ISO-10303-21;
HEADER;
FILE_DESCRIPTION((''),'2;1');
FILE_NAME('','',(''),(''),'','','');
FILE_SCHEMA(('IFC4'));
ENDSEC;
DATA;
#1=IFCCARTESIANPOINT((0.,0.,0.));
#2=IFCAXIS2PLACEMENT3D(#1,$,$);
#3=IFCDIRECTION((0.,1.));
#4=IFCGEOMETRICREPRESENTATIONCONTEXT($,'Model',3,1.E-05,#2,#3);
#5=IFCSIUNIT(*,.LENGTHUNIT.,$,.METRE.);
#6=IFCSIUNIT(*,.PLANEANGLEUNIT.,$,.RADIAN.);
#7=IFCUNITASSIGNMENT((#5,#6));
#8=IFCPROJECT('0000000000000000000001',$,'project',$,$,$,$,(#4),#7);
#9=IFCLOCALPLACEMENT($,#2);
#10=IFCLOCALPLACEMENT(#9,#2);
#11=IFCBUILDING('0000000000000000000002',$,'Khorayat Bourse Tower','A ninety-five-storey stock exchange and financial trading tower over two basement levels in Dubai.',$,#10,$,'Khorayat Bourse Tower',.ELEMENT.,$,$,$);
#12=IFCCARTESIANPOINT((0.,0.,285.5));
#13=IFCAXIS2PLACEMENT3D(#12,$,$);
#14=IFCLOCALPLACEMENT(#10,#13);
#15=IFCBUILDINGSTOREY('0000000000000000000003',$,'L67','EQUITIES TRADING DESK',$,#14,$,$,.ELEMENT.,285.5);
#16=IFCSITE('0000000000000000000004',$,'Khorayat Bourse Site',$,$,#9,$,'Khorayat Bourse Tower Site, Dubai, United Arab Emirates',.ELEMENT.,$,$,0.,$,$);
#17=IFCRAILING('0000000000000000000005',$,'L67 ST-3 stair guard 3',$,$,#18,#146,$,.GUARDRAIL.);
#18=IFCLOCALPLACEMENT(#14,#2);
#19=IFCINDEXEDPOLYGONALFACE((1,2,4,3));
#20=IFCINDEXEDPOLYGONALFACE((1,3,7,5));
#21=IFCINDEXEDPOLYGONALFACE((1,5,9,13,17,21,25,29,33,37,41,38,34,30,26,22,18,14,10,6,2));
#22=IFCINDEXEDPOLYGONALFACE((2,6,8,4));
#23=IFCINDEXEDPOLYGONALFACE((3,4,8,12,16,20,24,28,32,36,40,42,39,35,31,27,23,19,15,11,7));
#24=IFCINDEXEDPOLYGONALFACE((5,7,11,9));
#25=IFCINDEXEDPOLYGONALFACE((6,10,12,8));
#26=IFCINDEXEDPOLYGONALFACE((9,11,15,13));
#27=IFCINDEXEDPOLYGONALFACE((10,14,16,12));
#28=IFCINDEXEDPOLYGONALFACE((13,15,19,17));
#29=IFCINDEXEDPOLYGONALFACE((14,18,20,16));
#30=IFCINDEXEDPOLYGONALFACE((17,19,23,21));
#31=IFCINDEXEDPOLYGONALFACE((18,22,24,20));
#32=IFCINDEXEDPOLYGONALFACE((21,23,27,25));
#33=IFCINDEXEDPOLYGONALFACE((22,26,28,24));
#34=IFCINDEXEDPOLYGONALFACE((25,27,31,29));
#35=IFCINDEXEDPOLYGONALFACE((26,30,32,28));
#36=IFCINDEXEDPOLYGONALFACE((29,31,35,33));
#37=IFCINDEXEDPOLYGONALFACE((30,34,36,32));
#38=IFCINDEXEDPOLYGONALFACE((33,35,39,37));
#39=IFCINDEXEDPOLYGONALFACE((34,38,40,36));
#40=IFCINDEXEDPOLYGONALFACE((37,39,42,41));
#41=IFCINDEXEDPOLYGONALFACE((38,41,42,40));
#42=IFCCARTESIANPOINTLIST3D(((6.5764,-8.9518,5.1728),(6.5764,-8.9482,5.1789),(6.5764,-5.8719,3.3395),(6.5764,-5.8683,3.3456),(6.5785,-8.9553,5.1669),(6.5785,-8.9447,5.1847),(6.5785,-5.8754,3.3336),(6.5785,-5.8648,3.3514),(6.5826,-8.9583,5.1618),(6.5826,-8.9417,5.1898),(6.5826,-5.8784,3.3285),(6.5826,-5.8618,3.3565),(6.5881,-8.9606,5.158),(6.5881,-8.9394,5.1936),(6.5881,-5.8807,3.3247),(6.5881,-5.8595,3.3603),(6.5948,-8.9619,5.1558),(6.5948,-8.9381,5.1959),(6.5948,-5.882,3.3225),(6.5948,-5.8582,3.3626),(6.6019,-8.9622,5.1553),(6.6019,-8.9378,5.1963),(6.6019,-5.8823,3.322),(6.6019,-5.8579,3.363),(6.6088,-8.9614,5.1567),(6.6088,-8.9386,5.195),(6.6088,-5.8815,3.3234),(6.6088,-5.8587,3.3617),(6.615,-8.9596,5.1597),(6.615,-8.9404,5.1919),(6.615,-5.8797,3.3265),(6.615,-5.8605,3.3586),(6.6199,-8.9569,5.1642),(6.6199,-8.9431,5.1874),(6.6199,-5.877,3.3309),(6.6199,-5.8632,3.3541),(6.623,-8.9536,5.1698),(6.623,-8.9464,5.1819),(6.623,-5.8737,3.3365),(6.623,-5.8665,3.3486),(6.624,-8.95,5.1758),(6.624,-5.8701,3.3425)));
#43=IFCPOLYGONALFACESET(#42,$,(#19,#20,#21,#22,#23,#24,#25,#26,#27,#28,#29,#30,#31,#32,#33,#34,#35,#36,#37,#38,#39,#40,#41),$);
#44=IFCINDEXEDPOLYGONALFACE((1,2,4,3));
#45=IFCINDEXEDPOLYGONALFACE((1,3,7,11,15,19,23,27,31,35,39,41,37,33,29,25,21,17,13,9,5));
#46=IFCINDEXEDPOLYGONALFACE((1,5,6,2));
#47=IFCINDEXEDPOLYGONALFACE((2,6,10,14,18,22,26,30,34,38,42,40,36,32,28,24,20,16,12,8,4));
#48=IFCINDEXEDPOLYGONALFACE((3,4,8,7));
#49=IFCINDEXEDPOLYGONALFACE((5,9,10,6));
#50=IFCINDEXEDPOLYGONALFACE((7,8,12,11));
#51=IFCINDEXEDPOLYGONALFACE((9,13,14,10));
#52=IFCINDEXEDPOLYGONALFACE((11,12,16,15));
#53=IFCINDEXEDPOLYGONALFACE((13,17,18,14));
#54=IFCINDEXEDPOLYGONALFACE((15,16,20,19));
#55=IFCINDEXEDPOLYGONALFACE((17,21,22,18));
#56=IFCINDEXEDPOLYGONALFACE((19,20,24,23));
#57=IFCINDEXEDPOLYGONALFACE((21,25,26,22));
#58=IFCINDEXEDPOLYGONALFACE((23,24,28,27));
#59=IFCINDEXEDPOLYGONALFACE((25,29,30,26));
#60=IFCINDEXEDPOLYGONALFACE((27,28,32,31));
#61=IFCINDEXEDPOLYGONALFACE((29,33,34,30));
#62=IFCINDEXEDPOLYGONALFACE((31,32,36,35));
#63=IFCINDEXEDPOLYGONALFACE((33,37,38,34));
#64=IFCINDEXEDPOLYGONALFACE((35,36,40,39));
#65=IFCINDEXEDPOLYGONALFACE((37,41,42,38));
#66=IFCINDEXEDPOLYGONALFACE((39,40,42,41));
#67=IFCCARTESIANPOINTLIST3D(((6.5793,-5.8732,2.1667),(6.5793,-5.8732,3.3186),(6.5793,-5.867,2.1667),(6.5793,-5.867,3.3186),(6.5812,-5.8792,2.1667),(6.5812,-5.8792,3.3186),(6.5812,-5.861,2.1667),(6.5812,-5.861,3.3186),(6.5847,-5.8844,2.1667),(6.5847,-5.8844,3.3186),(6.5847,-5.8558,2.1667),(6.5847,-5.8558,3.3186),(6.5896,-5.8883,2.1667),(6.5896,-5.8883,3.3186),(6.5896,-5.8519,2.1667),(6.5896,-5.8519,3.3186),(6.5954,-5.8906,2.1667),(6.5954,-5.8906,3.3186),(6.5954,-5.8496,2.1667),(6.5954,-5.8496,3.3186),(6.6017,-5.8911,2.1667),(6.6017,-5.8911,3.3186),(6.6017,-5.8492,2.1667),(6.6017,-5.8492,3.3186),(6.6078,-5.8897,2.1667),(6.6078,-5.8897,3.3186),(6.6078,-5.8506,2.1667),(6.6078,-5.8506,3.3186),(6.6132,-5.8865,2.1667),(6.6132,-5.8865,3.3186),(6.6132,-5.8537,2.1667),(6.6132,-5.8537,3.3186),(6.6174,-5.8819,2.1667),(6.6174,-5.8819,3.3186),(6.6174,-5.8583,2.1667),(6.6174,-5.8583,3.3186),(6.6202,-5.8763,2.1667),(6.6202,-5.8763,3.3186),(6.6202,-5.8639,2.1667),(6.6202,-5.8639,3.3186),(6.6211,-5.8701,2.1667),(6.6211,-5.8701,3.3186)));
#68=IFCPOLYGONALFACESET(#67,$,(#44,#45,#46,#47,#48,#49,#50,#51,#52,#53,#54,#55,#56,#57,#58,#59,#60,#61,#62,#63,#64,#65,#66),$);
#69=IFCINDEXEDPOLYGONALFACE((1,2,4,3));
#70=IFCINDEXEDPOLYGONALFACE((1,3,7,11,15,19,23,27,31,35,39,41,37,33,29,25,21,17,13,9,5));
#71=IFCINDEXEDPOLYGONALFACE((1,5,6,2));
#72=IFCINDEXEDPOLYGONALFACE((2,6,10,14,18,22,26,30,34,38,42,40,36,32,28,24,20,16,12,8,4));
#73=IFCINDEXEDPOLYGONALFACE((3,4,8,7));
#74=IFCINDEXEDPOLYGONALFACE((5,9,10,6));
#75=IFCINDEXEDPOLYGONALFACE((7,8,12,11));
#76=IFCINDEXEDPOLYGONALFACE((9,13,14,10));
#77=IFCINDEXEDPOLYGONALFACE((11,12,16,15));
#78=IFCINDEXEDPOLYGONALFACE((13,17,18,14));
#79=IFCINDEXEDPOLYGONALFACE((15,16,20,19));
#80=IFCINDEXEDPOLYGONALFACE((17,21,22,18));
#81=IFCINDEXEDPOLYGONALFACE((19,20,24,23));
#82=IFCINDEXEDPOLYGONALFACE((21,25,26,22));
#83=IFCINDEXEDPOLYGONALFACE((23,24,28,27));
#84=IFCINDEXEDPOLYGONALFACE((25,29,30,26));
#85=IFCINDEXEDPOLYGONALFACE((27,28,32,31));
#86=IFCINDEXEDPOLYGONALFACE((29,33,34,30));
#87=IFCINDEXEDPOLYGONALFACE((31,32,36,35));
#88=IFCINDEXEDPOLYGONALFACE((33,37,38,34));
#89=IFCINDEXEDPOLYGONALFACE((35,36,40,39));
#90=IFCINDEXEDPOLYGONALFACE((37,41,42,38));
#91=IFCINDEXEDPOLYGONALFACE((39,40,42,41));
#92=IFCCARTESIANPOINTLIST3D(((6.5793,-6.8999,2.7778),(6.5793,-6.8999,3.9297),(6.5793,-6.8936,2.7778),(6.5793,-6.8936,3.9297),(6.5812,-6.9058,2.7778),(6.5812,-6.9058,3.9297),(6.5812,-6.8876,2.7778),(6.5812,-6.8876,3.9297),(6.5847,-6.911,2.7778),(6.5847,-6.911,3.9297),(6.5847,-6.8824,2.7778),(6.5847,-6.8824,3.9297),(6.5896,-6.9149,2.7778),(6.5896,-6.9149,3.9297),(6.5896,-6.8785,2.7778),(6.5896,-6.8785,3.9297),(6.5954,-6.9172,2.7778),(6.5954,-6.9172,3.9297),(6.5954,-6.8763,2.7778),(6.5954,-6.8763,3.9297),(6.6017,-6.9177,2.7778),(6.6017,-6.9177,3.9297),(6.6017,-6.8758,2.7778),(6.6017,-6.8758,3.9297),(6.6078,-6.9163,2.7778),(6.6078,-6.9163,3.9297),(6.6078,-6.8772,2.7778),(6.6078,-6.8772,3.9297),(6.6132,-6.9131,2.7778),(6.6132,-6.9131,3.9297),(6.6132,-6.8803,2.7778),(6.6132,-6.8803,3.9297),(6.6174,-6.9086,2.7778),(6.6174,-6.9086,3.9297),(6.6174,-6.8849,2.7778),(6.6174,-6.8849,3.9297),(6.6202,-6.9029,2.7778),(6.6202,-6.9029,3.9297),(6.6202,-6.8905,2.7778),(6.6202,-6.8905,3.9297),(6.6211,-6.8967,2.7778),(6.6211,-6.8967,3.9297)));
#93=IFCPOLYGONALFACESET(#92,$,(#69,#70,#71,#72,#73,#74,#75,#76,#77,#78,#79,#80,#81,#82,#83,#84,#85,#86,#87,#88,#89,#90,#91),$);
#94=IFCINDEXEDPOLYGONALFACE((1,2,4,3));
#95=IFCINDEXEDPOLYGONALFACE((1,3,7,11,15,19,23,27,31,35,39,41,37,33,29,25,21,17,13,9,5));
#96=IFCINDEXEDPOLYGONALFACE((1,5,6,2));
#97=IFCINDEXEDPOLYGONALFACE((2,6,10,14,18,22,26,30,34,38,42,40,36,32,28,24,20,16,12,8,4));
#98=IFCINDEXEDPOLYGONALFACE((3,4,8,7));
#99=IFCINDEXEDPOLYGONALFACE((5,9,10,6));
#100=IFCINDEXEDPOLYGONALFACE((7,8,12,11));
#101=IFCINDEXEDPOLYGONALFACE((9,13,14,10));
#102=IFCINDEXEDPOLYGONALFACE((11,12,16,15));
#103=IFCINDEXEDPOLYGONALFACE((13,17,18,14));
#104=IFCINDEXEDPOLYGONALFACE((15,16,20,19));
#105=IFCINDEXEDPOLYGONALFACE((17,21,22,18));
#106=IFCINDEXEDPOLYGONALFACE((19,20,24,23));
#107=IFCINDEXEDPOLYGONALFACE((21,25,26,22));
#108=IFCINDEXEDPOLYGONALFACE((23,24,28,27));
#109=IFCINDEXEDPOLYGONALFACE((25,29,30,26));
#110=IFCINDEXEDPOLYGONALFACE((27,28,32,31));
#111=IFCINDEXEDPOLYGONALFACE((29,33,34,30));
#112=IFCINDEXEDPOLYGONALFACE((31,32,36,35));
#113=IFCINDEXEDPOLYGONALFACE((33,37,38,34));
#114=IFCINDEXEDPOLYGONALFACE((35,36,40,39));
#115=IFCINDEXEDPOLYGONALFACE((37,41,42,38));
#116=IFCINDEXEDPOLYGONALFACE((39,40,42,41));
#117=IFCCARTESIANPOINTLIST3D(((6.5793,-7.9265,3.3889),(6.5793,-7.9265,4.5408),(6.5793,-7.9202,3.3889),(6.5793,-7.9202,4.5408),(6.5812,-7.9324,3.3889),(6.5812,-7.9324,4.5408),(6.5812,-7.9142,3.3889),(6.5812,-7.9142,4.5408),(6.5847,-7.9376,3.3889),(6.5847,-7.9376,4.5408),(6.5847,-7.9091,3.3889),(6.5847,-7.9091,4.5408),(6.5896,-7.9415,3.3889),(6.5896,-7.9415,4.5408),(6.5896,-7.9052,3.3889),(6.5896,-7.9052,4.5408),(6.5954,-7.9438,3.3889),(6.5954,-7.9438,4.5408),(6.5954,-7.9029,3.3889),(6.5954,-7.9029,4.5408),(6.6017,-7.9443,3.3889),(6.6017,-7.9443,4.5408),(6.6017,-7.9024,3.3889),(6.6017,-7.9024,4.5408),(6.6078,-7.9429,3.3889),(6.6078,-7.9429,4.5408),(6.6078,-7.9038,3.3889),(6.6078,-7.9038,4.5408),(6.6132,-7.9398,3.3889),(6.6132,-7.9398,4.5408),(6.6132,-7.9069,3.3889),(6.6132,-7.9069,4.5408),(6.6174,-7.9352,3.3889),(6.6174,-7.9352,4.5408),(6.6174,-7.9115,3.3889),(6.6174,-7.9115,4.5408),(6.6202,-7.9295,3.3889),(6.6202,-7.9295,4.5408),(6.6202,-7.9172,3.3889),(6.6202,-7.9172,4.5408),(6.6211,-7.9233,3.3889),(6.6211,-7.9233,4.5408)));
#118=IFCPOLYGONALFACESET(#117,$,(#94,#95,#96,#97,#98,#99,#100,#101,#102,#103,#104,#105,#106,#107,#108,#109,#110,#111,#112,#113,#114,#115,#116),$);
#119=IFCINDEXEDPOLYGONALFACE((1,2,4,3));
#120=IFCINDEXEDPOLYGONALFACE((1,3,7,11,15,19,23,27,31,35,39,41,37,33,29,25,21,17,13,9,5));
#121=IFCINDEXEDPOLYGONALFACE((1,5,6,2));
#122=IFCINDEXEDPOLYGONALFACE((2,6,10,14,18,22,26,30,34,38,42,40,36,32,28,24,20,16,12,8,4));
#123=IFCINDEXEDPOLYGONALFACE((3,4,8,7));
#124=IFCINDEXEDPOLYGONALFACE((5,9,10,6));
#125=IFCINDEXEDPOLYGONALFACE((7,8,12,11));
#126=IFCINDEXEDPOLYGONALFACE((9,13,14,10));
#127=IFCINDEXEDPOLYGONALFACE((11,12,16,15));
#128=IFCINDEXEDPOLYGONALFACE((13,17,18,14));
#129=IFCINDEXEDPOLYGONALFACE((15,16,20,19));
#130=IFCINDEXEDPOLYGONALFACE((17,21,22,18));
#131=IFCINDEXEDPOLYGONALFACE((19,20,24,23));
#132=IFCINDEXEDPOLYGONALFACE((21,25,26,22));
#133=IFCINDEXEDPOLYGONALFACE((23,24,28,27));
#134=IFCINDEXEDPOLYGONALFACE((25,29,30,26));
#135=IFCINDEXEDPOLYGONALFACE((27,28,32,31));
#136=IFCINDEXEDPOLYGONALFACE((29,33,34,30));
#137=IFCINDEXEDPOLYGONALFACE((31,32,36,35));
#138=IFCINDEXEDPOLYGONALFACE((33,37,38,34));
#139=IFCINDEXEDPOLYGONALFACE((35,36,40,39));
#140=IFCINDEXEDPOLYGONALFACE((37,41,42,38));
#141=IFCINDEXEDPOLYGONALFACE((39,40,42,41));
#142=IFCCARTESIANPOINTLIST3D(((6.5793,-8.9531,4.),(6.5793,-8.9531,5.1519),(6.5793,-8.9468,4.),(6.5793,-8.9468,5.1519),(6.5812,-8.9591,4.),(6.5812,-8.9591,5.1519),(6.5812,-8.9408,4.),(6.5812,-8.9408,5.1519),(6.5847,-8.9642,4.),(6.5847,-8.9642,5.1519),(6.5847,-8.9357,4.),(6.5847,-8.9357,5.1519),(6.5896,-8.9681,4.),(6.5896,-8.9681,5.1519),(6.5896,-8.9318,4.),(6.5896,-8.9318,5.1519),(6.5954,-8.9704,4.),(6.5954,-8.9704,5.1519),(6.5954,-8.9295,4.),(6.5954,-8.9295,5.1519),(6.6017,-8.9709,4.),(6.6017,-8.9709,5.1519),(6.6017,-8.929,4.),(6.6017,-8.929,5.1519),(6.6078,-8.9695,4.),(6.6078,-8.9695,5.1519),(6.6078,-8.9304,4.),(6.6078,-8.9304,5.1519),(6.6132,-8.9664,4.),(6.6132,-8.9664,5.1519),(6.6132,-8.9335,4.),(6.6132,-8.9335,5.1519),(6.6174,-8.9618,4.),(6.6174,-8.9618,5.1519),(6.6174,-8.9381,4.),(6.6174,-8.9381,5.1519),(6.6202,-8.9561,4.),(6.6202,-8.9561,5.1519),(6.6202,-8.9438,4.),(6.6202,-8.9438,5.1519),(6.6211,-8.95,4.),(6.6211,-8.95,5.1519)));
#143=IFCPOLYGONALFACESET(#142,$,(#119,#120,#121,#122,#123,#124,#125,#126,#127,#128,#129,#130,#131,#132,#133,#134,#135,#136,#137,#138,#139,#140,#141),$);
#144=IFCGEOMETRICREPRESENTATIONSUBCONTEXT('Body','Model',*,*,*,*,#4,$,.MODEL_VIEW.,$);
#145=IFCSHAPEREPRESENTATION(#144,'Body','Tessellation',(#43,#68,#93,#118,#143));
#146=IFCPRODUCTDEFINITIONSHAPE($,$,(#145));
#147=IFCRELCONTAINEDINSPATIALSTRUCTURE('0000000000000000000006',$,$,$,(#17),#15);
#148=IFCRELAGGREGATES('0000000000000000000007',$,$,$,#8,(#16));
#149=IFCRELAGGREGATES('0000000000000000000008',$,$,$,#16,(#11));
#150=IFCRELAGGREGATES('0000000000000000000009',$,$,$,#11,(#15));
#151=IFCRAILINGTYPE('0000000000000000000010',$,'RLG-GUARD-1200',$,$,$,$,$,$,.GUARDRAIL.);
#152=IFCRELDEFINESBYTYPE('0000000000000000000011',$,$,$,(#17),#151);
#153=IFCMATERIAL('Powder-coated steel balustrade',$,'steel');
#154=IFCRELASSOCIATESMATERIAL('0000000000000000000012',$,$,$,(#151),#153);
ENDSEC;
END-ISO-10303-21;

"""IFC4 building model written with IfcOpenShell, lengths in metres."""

from ifc_helpers import new_model, si_unit, direction, frame, origin, origin_2d, place, context, subcontext, project, spatial, circle, extrude, source, transform, mapped, material, type_object, element, save


model = new_model("IFC4")

# Units and contexts
model_context = context("Model", 3, precision=1e-05, world=origin(), true_north=direction((0.0, 1.0)))
body_context = subcontext(model_context, "Body", "Model", "MODEL_VIEW")
ifc_project = project(units=[si_unit("LENGTHUNIT", "METRE"), si_unit("PLANEANGLEUNIT", "RADIAN")], contexts=[model_context])

# Site, building, storey
site_placement = place(None, origin())
site = spatial("IfcSite", under=ifc_project, at=site_placement, Name="Khorayat Bourse Site", LongName="Khorayat Bourse Tower Site, Dubai, United Arab Emirates", CompositionType="ELEMENT", RefElevation=0.0)
building_placement = place(site_placement, origin())
building = spatial("IfcBuilding", under=site, at=building_placement, Name="Khorayat Bourse Tower", Description="A ninety-five-storey stock exchange and financial trading tower over two basement levels in Dubai.", LongName="Khorayat Bourse Tower", CompositionType="ELEMENT")
storey_placement = place(building_placement, frame((0.0, 0.0, 285.5)))
storey = spatial("IfcBuildingStorey", under=building, at=storey_placement, Name="L67", Description="EQUITIES TRADING DESK", CompositionType="ELEMENT", Elevation=285.5)

# Railing
ifc_material_1 = material(Name="Powder-coated steel balustrade", Category="steel")
railing_type_1 = type_object("IfcRailingType", Name="RLG-GUARD-1200", PredefinedType="GUARDRAIL", material=ifc_material_1)
shared_shape_1 = source(origin(), body_context, "Body", "SweptSolid", [
    extrude(circle(Radius=0.0239, at=origin_2d()), frame((0.0, 0.0, 1.1758), z_axis=(0.0, -0.859291, 0.511487), x_axis=(1.0, 0.0, 0.0)), (0.0, 0.0, 1.0), 3.5842),
    extrude(circle(Radius=0.021, at=origin_2d()), origin(), (0.0, 0.0, 1.0), 1.1519),
    extrude(circle(Radius=0.021, at=origin_2d()), frame((0.0, -1.0266, 0.6111)), (0.0, 0.0, 1.0), 1.1519),
    extrude(circle(Radius=0.021, at=origin_2d()), frame((0.0, -2.0532, 1.2222)), (0.0, 0.0, 1.0), 1.1519),
    extrude(circle(Radius=0.021, at=origin_2d()), frame((0.0, -3.0798, 1.8333)), (0.0, 0.0, 1.0), 1.1519),
])
railing_1_placement = place(storey_placement, frame((6.6001, -5.8701, 2.1667)))
element("IfcRailing", 1, at=railing_1_placement, inside=storey, type_object=railing_type_1, Name="L67 ST-3 stair guard 3", PredefinedType="GUARDRAIL", context=body_context, shape_type="MappedRepresentation", body=[
    mapped(shared_shape_1, transform((0.0, 0.0, 0.0), scale=1.0)),
])

save(model, "model.ifc")
